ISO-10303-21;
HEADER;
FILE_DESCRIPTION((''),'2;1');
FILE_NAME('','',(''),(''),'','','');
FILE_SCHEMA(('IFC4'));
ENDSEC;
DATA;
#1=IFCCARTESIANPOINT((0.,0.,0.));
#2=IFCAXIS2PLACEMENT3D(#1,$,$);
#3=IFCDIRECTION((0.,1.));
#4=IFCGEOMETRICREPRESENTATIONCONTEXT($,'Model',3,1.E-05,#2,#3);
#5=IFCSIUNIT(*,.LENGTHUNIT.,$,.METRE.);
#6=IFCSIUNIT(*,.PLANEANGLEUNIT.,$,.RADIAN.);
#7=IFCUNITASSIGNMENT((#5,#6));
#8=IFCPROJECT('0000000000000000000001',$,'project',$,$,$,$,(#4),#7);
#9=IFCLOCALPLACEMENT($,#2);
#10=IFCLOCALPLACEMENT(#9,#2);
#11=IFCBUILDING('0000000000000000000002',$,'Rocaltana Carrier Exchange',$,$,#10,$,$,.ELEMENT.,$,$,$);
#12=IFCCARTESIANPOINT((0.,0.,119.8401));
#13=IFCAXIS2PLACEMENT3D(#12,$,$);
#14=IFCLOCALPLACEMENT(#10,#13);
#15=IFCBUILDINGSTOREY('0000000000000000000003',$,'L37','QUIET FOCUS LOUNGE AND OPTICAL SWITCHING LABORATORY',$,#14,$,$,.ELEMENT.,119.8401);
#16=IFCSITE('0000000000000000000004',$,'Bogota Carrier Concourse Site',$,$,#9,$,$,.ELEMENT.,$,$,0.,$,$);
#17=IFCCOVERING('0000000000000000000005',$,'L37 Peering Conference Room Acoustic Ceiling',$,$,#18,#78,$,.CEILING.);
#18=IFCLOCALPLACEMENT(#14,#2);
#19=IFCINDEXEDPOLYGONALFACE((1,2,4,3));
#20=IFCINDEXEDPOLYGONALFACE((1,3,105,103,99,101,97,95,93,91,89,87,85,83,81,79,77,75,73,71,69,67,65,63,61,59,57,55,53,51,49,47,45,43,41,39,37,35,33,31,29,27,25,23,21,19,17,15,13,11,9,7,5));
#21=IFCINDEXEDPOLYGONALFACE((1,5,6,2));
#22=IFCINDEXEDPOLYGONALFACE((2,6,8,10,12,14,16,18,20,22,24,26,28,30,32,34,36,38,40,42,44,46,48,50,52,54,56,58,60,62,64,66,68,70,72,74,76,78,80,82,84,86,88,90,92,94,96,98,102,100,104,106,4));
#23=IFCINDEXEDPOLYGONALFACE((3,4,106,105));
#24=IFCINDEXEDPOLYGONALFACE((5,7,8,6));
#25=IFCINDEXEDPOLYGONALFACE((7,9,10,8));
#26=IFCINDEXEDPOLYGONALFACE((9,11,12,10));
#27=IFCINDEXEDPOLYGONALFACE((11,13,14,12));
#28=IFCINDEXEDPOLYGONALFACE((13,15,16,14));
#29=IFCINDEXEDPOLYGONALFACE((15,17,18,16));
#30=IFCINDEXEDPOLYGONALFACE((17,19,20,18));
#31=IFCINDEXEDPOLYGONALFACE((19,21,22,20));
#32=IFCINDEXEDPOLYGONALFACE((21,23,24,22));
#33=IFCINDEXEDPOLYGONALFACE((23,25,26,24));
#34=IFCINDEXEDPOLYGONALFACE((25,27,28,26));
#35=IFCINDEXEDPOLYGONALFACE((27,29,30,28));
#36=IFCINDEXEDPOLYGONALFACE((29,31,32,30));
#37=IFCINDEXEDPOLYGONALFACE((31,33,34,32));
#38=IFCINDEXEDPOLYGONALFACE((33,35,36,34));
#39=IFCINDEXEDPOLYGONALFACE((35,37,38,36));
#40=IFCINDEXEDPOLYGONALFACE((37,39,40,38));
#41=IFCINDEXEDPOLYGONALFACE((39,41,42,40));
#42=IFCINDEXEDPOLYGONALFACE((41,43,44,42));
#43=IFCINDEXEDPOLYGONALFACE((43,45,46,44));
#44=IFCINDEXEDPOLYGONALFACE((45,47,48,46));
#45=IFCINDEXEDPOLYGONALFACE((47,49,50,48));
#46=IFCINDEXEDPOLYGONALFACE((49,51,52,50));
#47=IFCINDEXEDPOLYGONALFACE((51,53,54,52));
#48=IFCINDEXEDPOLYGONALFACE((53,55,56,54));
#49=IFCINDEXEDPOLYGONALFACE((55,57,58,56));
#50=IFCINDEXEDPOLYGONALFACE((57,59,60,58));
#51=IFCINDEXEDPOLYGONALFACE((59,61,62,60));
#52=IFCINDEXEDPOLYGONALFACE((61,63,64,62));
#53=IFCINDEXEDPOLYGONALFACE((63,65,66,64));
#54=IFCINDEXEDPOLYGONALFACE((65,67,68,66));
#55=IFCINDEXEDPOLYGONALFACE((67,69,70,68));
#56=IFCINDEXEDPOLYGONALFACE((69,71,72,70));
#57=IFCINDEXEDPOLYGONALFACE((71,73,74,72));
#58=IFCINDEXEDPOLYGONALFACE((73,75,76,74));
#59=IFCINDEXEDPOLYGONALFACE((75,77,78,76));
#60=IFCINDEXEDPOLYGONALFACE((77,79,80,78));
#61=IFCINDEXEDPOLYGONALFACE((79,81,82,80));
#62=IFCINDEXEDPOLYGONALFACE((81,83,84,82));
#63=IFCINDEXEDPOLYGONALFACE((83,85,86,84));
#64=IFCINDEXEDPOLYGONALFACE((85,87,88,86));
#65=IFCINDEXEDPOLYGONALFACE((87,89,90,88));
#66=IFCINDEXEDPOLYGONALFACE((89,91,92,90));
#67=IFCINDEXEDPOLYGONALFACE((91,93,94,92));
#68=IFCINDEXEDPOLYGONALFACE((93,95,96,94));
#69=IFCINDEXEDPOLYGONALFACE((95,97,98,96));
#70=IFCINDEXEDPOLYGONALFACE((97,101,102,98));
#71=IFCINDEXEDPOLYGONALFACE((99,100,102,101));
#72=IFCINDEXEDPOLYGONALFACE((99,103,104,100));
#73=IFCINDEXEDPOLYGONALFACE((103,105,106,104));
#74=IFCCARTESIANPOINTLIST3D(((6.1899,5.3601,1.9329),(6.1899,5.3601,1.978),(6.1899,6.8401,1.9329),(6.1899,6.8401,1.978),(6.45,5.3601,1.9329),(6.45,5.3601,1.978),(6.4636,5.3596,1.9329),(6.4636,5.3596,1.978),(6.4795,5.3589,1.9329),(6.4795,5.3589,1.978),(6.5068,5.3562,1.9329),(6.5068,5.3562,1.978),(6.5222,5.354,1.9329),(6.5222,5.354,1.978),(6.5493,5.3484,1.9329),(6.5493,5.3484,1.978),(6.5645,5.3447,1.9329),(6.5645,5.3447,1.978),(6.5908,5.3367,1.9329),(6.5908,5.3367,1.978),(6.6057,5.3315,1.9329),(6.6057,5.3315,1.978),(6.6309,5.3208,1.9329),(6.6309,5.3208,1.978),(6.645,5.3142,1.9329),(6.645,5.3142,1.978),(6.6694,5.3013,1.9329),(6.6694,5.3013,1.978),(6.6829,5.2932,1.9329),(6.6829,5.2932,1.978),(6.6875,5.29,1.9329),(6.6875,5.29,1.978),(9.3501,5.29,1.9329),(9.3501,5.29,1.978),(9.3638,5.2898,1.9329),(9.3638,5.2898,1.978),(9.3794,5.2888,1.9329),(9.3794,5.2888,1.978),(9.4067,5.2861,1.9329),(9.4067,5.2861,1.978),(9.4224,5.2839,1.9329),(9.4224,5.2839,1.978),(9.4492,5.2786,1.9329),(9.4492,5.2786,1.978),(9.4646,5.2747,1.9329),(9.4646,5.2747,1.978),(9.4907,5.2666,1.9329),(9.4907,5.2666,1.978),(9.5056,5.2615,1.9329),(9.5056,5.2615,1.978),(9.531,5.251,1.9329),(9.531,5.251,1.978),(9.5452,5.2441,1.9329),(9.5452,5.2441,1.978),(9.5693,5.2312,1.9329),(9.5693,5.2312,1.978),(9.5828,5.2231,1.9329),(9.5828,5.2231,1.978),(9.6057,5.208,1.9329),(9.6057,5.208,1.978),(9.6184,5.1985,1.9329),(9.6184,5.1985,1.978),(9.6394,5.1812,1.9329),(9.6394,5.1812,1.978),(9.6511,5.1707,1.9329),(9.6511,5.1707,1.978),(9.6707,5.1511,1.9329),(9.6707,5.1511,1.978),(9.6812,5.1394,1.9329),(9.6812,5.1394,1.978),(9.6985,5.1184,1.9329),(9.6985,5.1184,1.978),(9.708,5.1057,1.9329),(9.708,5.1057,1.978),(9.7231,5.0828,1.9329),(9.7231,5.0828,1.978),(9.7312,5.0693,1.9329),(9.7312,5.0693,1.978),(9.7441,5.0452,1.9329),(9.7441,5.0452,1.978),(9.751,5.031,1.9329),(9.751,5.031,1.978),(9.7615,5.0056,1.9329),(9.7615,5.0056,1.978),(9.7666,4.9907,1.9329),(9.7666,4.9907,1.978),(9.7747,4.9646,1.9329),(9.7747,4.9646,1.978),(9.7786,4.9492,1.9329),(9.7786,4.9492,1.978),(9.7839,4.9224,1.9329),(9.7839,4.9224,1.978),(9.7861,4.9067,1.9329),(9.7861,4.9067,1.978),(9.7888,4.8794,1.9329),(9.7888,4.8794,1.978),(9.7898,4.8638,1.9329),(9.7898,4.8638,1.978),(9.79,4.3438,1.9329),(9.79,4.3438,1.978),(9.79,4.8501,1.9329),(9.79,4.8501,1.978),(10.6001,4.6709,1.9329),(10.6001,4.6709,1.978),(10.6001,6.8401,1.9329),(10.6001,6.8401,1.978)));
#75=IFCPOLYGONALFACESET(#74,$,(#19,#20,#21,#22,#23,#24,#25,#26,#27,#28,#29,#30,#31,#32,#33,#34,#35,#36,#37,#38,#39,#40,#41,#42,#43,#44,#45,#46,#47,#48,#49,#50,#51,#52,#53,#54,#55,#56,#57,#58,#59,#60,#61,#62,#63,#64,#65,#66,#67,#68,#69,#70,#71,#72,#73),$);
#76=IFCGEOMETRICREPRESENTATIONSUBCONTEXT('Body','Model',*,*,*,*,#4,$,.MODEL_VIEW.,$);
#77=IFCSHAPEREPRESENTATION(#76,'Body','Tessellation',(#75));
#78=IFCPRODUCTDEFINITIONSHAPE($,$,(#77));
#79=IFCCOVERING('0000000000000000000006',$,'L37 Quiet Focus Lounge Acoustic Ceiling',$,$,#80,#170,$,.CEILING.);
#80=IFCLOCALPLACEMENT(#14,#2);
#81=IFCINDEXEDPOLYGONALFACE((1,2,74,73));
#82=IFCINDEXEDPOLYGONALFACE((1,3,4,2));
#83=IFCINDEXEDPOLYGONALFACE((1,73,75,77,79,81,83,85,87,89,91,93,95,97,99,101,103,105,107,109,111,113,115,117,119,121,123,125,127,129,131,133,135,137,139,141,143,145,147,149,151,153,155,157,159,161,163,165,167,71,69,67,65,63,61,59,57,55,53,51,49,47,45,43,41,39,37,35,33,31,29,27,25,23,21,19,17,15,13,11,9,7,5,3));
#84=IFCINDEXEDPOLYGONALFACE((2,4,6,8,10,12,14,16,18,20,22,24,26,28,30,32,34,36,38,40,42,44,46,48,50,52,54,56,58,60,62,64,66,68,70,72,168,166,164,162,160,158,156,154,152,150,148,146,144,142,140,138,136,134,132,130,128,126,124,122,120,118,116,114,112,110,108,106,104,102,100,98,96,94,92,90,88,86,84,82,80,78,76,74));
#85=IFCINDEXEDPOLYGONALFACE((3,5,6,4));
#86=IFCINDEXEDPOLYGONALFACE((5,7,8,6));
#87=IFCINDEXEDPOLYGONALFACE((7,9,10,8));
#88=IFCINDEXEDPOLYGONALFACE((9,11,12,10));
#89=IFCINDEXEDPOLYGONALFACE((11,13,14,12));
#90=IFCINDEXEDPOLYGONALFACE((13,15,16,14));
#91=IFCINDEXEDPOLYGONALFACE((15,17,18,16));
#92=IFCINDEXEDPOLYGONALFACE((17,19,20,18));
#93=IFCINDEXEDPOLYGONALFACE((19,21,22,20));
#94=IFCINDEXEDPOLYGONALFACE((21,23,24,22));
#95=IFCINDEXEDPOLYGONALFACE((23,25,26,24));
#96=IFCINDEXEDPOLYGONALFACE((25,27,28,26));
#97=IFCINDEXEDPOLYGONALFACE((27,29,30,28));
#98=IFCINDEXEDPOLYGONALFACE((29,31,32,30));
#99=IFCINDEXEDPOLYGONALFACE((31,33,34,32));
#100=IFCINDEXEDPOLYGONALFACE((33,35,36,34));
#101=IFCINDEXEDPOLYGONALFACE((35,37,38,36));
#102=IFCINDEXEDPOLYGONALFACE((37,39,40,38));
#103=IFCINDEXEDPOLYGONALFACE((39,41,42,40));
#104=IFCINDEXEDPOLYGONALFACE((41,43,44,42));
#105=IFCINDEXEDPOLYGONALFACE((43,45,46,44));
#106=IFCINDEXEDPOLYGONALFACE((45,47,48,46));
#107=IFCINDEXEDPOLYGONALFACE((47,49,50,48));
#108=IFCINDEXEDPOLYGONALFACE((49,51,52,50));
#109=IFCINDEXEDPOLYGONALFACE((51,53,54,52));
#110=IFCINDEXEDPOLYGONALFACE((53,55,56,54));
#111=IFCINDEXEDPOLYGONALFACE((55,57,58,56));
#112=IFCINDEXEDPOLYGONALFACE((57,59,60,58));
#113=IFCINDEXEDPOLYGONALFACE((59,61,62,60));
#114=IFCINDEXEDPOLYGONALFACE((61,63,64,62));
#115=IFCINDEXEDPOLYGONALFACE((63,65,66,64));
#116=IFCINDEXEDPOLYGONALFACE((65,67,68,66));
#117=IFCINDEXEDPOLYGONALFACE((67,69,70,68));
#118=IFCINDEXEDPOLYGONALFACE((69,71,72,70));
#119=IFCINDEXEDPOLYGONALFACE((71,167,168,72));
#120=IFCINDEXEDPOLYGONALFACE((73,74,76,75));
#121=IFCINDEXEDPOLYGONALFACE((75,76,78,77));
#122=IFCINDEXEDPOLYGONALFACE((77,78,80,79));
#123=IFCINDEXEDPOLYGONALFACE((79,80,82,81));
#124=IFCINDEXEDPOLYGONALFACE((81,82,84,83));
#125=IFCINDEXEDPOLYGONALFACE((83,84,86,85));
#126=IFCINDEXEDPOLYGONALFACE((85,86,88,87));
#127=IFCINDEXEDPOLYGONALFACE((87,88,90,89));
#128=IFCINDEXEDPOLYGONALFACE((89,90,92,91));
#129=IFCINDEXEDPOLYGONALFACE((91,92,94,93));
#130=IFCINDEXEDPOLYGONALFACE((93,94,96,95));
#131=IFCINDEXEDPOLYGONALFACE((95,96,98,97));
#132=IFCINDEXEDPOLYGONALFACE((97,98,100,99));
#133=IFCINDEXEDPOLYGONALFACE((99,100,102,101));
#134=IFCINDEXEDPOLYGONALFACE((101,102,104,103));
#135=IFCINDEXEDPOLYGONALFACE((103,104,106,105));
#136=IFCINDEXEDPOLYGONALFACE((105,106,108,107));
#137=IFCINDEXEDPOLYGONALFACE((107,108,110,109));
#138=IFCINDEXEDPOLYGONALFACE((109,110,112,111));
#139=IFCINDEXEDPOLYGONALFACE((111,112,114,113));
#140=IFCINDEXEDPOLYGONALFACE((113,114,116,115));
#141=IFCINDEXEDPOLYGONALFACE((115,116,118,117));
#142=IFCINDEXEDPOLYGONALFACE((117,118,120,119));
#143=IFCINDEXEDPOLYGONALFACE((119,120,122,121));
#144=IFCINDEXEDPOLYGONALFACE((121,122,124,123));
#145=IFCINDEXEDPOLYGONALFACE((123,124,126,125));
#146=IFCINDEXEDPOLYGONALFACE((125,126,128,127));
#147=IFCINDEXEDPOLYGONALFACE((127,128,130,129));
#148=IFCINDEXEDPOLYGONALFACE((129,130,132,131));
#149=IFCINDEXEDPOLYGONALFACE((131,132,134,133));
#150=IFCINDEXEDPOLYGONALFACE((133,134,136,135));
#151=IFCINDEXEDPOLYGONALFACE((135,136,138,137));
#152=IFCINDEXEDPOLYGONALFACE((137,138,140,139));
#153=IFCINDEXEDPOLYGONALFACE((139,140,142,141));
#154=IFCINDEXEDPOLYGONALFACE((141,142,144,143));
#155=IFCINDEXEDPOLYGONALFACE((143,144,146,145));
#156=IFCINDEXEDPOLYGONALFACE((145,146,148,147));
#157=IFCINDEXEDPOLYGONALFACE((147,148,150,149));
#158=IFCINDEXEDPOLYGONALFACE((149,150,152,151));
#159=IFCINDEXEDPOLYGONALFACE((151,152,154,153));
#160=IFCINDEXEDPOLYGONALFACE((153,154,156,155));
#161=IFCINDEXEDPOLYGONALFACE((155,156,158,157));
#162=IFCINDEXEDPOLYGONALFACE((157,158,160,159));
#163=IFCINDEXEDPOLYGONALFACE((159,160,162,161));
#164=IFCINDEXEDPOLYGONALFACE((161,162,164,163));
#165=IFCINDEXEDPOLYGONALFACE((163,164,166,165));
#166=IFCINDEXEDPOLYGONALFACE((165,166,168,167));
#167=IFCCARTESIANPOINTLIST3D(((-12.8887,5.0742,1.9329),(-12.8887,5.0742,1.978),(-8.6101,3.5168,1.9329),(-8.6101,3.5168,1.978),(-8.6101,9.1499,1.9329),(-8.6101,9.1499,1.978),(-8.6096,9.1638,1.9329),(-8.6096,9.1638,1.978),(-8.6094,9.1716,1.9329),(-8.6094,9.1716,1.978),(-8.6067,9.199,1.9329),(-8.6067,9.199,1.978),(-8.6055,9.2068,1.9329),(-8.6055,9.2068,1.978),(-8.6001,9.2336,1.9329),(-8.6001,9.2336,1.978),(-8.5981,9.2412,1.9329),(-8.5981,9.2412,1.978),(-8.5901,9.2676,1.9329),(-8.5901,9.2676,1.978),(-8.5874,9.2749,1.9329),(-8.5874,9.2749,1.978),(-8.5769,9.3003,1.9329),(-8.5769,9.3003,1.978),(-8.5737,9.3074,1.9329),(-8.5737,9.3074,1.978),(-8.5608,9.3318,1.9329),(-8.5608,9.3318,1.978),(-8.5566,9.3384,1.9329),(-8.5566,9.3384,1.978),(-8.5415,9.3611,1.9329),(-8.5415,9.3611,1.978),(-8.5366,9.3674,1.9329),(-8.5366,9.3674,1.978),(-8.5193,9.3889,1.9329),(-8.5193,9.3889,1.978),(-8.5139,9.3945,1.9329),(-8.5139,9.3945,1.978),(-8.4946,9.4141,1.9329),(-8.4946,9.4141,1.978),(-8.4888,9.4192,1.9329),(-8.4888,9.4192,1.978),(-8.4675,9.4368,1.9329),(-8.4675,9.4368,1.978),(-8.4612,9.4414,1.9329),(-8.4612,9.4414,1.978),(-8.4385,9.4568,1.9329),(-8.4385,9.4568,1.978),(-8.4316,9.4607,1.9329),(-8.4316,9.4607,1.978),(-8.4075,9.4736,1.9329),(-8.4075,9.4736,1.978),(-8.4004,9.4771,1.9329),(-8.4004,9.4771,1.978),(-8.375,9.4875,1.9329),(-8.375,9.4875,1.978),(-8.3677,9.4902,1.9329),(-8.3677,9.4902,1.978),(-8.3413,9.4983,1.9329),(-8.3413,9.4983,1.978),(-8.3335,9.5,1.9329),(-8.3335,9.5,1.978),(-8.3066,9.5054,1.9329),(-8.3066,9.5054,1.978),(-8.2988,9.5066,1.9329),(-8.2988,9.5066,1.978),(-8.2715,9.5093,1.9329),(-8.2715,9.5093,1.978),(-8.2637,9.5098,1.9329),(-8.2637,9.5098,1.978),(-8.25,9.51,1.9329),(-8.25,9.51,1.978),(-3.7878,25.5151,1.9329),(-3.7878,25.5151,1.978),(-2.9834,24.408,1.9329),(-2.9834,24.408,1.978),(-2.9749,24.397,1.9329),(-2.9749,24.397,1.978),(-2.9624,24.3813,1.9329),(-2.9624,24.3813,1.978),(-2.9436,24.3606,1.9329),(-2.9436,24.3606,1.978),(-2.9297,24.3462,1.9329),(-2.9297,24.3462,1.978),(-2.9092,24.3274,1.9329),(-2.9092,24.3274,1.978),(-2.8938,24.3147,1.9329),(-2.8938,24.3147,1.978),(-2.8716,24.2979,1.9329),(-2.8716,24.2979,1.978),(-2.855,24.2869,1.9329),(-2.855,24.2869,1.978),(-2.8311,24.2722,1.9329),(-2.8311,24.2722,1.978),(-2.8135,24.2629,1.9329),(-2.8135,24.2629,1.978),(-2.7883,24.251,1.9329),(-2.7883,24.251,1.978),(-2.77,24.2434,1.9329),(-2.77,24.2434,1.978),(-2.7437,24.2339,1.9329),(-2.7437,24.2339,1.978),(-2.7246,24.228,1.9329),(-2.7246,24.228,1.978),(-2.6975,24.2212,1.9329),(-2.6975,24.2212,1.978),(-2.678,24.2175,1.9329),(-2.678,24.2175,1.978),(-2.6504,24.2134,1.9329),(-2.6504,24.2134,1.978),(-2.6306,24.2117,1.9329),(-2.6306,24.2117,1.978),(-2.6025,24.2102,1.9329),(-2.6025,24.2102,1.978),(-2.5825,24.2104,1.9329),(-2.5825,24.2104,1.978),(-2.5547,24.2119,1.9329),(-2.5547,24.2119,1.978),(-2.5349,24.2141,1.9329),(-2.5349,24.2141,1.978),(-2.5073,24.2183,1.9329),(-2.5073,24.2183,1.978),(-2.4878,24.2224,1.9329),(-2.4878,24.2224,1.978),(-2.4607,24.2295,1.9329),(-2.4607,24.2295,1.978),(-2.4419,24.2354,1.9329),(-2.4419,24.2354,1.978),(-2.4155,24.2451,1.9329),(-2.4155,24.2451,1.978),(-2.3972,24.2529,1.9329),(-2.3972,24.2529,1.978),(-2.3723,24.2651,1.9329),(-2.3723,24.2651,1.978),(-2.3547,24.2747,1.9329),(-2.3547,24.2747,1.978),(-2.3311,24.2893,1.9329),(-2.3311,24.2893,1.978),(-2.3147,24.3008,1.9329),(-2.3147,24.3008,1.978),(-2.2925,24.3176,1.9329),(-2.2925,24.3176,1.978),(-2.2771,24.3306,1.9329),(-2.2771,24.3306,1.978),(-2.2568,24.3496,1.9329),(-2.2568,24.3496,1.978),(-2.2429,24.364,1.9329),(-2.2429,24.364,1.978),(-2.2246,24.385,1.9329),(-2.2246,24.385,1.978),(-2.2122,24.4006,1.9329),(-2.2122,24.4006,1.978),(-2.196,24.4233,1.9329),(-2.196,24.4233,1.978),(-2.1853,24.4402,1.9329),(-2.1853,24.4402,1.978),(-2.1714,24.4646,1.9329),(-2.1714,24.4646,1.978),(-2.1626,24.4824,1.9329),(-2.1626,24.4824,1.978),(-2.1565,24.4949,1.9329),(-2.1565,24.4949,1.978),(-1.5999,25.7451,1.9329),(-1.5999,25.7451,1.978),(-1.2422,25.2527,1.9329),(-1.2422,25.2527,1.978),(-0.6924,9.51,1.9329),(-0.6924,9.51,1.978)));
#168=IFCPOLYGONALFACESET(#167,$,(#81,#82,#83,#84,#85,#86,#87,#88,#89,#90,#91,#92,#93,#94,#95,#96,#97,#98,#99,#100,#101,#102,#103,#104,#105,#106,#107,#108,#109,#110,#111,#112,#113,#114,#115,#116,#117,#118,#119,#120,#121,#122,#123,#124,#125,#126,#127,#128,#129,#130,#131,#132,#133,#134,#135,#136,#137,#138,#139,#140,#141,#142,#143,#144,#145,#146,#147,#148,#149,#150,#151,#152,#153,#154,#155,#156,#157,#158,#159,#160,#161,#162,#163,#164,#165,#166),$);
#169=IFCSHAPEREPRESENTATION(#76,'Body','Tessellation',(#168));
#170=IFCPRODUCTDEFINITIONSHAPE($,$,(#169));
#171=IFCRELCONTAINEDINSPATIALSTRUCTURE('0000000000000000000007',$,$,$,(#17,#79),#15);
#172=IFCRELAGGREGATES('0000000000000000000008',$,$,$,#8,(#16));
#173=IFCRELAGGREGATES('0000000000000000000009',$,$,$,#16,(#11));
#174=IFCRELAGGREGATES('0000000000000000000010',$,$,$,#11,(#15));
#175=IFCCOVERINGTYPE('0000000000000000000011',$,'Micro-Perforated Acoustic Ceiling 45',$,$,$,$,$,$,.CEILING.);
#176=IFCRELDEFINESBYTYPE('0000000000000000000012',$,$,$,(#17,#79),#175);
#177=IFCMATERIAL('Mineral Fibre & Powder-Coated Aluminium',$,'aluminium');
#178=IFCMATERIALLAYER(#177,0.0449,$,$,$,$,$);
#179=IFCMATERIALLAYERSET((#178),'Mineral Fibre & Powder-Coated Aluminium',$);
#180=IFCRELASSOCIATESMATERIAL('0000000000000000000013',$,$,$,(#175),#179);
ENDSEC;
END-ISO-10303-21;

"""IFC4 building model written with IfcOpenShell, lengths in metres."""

from ifc_helpers import new_model, si_unit, direction, frame, origin, place, context, subcontext, project, spatial, polyline, outline, extrude, material, layer, layer_set, type_object, element, save


model = new_model("IFC4")

# Units and contexts
model_context = context("Model", 3, precision=1e-05, world=origin(), true_north=direction((0.0, 1.0)))
body_context = subcontext(model_context, "Body", "Model", "MODEL_VIEW")
ifc_project = project(units=[si_unit("LENGTHUNIT", "METRE"), si_unit("PLANEANGLEUNIT", "RADIAN")], contexts=[model_context])

# Site, building, storey
site_placement = place(None, origin())
site = spatial("IfcSite", under=ifc_project, at=site_placement, Name="Bogota Carrier Concourse Site", CompositionType="ELEMENT", RefElevation=0.0)
building_placement = place(site_placement, origin())
building = spatial("IfcBuilding", under=site, at=building_placement, Name="Rocaltana Carrier Exchange", CompositionType="ELEMENT")
storey_placement = place(building_placement, frame((0.0, 0.0, 119.8401)))
storey = spatial("IfcBuildingStorey", under=building, at=storey_placement, Name="L37", Description="QUIET FOCUS LOUNGE AND OPTICAL SWITCHING LABORATORY", CompositionType="ELEMENT", Elevation=119.8401)

# Coverings
ifc_material_1 = material(Name="Mineral Fibre & Powder-Coated Aluminium", Category="aluminium")
ifc_layer_1 = layer(ifc_material_1, 0.0449)
ifc_layer_set_1 = layer_set([ifc_layer_1], Name="Mineral Fibre & Powder-Coated Aluminium")
covering_type_1 = type_object("IfcCoveringType", Name="Micro-Perforated Acoustic Ceiling 45", PredefinedType="CEILING", material=ifc_layer_set_1)
covering_1_placement = place(storey_placement, frame((0.0, 0.0, 1.9329)))
element("IfcCovering", 1, at=covering_1_placement, inside=storey, type_object=covering_type_1, Name="L37 Peering Conference Room Acoustic Ceiling", PredefinedType="CEILING", context=body_context, shape_type="SweptSolid", body=[
    extrude(outline(polyline([(6.1899, 6.8401), (10.6001, 6.8401), (10.6001, 4.6709), (9.79, 4.3438), (9.79, 4.8501), (9.7898, 4.8638), (9.7888, 4.8794), (9.7861, 4.9067), (9.7839, 4.9224), (9.7786, 4.9492), (9.7747, 4.9646), (9.7666, 4.9907), (9.7615, 5.0056), (9.751, 5.031), (9.7441, 5.0452), (9.7312, 5.0693), (9.7231, 5.0828), (9.708, 5.1057), (9.6985, 5.1184), (9.6812, 5.1394), (9.6707, 5.1511), (9.6511, 5.1707), (9.6394, 5.1812), (9.6184, 5.1985), (9.6057, 5.208), (9.5828, 5.2231), (9.5693, 5.2312), (9.5452, 5.2441), (9.531, 5.251), (9.5056, 5.2615), (9.4907, 5.2666), (9.4646, 5.2747), (9.4492, 5.2786), (9.4224, 5.2839), (9.4067, 5.2861), (9.3794, 5.2888), (9.3638, 5.2898), (9.3501, 5.29), (6.6875, 5.29), (6.6829, 5.2932), (6.6694, 5.3013), (6.645, 5.3142), (6.6309, 5.3208), (6.6057, 5.3315), (6.5908, 5.3367), (6.5645, 5.3447), (6.5493, 5.3484), (6.5222, 5.354), (6.5068, 5.3562), (6.4795, 5.3589), (6.4636, 5.3596), (6.45, 5.3601), (6.1899, 5.3601), (6.1899, 6.8401)])), origin(), (0.0, 0.0, 1.0), 0.0452),
])
covering_2_placement = place(storey_placement, frame((0.0, 0.0, 1.9329)))
element("IfcCovering", 2, at=covering_2_placement, inside=storey, type_object=covering_type_1, Name="L37 Quiet Focus Lounge Acoustic Ceiling", PredefinedType="CEILING", context=body_context, shape_type="SweptSolid", body=[
    extrude(outline(polyline([(-3.7878, 25.5151), (-2.9834, 24.408), (-2.9749, 24.397), (-2.9624, 24.3813), (-2.9436, 24.3606), (-2.9297, 24.3462), (-2.9092, 24.3274), (-2.8938, 24.3147), (-2.8716, 24.2979), (-2.855, 24.2869), (-2.8311, 24.2722), (-2.8135, 24.2629), (-2.7883, 24.251), (-2.77, 24.2434), (-2.7437, 24.2339), (-2.7246, 24.228), (-2.6975, 24.2212), (-2.678, 24.2175), (-2.6504, 24.2134), (-2.6306, 24.2117), (-2.6025, 24.2102), (-2.5825, 24.2104), (-2.5547, 24.2119), (-2.5349, 24.2141), (-2.5073, 24.2183), (-2.4878, 24.2224), (-2.4607, 24.2295), (-2.4419, 24.2354), (-2.4155, 24.2451), (-2.3972, 24.2529), (-2.3723, 24.2651), (-2.3547, 24.2747), (-2.3311, 24.2893), (-2.3147, 24.3008), (-2.2925, 24.3176), (-2.2771, 24.3306), (-2.2568, 24.3496), (-2.2429, 24.364), (-2.2246, 24.385), (-2.2122, 24.4006), (-2.196, 24.4233), (-2.1853, 24.4402), (-2.1714, 24.4646), (-2.1626, 24.4824), (-2.1565, 24.4949), (-1.5999, 25.7451), (-1.2422, 25.2527), (-0.6924, 9.51), (-8.25, 9.51), (-8.2637, 9.5098), (-8.2715, 9.5093), (-8.2988, 9.5066), (-8.3066, 9.5054), (-8.3335, 9.5), (-8.3413, 9.4983), (-8.3677, 9.4902), (-8.375, 9.4875), (-8.4004, 9.4771), (-8.4075, 9.4736), (-8.4316, 9.4607), (-8.4385, 9.4568), (-8.4612, 9.4414), (-8.4675, 9.4368), (-8.4888, 9.4192), (-8.4946, 9.4141), (-8.5139, 9.3945), (-8.5193, 9.3889), (-8.5366, 9.3674), (-8.5415, 9.3611), (-8.5566, 9.3384), (-8.5608, 9.3318), (-8.5737, 9.3074), (-8.5769, 9.3003), (-8.5874, 9.2749), (-8.5901, 9.2676), (-8.5981, 9.2412), (-8.6001, 9.2336), (-8.6055, 9.2068), (-8.6067, 9.199), (-8.6094, 9.1716), (-8.6096, 9.1638), (-8.6101, 9.1499), (-8.6101, 3.5168), (-12.8887, 5.0742), (-3.7878, 25.5151)])), origin(), (0.0, 0.0, 1.0), 0.0452),
])

save(model, "model.ifc")
